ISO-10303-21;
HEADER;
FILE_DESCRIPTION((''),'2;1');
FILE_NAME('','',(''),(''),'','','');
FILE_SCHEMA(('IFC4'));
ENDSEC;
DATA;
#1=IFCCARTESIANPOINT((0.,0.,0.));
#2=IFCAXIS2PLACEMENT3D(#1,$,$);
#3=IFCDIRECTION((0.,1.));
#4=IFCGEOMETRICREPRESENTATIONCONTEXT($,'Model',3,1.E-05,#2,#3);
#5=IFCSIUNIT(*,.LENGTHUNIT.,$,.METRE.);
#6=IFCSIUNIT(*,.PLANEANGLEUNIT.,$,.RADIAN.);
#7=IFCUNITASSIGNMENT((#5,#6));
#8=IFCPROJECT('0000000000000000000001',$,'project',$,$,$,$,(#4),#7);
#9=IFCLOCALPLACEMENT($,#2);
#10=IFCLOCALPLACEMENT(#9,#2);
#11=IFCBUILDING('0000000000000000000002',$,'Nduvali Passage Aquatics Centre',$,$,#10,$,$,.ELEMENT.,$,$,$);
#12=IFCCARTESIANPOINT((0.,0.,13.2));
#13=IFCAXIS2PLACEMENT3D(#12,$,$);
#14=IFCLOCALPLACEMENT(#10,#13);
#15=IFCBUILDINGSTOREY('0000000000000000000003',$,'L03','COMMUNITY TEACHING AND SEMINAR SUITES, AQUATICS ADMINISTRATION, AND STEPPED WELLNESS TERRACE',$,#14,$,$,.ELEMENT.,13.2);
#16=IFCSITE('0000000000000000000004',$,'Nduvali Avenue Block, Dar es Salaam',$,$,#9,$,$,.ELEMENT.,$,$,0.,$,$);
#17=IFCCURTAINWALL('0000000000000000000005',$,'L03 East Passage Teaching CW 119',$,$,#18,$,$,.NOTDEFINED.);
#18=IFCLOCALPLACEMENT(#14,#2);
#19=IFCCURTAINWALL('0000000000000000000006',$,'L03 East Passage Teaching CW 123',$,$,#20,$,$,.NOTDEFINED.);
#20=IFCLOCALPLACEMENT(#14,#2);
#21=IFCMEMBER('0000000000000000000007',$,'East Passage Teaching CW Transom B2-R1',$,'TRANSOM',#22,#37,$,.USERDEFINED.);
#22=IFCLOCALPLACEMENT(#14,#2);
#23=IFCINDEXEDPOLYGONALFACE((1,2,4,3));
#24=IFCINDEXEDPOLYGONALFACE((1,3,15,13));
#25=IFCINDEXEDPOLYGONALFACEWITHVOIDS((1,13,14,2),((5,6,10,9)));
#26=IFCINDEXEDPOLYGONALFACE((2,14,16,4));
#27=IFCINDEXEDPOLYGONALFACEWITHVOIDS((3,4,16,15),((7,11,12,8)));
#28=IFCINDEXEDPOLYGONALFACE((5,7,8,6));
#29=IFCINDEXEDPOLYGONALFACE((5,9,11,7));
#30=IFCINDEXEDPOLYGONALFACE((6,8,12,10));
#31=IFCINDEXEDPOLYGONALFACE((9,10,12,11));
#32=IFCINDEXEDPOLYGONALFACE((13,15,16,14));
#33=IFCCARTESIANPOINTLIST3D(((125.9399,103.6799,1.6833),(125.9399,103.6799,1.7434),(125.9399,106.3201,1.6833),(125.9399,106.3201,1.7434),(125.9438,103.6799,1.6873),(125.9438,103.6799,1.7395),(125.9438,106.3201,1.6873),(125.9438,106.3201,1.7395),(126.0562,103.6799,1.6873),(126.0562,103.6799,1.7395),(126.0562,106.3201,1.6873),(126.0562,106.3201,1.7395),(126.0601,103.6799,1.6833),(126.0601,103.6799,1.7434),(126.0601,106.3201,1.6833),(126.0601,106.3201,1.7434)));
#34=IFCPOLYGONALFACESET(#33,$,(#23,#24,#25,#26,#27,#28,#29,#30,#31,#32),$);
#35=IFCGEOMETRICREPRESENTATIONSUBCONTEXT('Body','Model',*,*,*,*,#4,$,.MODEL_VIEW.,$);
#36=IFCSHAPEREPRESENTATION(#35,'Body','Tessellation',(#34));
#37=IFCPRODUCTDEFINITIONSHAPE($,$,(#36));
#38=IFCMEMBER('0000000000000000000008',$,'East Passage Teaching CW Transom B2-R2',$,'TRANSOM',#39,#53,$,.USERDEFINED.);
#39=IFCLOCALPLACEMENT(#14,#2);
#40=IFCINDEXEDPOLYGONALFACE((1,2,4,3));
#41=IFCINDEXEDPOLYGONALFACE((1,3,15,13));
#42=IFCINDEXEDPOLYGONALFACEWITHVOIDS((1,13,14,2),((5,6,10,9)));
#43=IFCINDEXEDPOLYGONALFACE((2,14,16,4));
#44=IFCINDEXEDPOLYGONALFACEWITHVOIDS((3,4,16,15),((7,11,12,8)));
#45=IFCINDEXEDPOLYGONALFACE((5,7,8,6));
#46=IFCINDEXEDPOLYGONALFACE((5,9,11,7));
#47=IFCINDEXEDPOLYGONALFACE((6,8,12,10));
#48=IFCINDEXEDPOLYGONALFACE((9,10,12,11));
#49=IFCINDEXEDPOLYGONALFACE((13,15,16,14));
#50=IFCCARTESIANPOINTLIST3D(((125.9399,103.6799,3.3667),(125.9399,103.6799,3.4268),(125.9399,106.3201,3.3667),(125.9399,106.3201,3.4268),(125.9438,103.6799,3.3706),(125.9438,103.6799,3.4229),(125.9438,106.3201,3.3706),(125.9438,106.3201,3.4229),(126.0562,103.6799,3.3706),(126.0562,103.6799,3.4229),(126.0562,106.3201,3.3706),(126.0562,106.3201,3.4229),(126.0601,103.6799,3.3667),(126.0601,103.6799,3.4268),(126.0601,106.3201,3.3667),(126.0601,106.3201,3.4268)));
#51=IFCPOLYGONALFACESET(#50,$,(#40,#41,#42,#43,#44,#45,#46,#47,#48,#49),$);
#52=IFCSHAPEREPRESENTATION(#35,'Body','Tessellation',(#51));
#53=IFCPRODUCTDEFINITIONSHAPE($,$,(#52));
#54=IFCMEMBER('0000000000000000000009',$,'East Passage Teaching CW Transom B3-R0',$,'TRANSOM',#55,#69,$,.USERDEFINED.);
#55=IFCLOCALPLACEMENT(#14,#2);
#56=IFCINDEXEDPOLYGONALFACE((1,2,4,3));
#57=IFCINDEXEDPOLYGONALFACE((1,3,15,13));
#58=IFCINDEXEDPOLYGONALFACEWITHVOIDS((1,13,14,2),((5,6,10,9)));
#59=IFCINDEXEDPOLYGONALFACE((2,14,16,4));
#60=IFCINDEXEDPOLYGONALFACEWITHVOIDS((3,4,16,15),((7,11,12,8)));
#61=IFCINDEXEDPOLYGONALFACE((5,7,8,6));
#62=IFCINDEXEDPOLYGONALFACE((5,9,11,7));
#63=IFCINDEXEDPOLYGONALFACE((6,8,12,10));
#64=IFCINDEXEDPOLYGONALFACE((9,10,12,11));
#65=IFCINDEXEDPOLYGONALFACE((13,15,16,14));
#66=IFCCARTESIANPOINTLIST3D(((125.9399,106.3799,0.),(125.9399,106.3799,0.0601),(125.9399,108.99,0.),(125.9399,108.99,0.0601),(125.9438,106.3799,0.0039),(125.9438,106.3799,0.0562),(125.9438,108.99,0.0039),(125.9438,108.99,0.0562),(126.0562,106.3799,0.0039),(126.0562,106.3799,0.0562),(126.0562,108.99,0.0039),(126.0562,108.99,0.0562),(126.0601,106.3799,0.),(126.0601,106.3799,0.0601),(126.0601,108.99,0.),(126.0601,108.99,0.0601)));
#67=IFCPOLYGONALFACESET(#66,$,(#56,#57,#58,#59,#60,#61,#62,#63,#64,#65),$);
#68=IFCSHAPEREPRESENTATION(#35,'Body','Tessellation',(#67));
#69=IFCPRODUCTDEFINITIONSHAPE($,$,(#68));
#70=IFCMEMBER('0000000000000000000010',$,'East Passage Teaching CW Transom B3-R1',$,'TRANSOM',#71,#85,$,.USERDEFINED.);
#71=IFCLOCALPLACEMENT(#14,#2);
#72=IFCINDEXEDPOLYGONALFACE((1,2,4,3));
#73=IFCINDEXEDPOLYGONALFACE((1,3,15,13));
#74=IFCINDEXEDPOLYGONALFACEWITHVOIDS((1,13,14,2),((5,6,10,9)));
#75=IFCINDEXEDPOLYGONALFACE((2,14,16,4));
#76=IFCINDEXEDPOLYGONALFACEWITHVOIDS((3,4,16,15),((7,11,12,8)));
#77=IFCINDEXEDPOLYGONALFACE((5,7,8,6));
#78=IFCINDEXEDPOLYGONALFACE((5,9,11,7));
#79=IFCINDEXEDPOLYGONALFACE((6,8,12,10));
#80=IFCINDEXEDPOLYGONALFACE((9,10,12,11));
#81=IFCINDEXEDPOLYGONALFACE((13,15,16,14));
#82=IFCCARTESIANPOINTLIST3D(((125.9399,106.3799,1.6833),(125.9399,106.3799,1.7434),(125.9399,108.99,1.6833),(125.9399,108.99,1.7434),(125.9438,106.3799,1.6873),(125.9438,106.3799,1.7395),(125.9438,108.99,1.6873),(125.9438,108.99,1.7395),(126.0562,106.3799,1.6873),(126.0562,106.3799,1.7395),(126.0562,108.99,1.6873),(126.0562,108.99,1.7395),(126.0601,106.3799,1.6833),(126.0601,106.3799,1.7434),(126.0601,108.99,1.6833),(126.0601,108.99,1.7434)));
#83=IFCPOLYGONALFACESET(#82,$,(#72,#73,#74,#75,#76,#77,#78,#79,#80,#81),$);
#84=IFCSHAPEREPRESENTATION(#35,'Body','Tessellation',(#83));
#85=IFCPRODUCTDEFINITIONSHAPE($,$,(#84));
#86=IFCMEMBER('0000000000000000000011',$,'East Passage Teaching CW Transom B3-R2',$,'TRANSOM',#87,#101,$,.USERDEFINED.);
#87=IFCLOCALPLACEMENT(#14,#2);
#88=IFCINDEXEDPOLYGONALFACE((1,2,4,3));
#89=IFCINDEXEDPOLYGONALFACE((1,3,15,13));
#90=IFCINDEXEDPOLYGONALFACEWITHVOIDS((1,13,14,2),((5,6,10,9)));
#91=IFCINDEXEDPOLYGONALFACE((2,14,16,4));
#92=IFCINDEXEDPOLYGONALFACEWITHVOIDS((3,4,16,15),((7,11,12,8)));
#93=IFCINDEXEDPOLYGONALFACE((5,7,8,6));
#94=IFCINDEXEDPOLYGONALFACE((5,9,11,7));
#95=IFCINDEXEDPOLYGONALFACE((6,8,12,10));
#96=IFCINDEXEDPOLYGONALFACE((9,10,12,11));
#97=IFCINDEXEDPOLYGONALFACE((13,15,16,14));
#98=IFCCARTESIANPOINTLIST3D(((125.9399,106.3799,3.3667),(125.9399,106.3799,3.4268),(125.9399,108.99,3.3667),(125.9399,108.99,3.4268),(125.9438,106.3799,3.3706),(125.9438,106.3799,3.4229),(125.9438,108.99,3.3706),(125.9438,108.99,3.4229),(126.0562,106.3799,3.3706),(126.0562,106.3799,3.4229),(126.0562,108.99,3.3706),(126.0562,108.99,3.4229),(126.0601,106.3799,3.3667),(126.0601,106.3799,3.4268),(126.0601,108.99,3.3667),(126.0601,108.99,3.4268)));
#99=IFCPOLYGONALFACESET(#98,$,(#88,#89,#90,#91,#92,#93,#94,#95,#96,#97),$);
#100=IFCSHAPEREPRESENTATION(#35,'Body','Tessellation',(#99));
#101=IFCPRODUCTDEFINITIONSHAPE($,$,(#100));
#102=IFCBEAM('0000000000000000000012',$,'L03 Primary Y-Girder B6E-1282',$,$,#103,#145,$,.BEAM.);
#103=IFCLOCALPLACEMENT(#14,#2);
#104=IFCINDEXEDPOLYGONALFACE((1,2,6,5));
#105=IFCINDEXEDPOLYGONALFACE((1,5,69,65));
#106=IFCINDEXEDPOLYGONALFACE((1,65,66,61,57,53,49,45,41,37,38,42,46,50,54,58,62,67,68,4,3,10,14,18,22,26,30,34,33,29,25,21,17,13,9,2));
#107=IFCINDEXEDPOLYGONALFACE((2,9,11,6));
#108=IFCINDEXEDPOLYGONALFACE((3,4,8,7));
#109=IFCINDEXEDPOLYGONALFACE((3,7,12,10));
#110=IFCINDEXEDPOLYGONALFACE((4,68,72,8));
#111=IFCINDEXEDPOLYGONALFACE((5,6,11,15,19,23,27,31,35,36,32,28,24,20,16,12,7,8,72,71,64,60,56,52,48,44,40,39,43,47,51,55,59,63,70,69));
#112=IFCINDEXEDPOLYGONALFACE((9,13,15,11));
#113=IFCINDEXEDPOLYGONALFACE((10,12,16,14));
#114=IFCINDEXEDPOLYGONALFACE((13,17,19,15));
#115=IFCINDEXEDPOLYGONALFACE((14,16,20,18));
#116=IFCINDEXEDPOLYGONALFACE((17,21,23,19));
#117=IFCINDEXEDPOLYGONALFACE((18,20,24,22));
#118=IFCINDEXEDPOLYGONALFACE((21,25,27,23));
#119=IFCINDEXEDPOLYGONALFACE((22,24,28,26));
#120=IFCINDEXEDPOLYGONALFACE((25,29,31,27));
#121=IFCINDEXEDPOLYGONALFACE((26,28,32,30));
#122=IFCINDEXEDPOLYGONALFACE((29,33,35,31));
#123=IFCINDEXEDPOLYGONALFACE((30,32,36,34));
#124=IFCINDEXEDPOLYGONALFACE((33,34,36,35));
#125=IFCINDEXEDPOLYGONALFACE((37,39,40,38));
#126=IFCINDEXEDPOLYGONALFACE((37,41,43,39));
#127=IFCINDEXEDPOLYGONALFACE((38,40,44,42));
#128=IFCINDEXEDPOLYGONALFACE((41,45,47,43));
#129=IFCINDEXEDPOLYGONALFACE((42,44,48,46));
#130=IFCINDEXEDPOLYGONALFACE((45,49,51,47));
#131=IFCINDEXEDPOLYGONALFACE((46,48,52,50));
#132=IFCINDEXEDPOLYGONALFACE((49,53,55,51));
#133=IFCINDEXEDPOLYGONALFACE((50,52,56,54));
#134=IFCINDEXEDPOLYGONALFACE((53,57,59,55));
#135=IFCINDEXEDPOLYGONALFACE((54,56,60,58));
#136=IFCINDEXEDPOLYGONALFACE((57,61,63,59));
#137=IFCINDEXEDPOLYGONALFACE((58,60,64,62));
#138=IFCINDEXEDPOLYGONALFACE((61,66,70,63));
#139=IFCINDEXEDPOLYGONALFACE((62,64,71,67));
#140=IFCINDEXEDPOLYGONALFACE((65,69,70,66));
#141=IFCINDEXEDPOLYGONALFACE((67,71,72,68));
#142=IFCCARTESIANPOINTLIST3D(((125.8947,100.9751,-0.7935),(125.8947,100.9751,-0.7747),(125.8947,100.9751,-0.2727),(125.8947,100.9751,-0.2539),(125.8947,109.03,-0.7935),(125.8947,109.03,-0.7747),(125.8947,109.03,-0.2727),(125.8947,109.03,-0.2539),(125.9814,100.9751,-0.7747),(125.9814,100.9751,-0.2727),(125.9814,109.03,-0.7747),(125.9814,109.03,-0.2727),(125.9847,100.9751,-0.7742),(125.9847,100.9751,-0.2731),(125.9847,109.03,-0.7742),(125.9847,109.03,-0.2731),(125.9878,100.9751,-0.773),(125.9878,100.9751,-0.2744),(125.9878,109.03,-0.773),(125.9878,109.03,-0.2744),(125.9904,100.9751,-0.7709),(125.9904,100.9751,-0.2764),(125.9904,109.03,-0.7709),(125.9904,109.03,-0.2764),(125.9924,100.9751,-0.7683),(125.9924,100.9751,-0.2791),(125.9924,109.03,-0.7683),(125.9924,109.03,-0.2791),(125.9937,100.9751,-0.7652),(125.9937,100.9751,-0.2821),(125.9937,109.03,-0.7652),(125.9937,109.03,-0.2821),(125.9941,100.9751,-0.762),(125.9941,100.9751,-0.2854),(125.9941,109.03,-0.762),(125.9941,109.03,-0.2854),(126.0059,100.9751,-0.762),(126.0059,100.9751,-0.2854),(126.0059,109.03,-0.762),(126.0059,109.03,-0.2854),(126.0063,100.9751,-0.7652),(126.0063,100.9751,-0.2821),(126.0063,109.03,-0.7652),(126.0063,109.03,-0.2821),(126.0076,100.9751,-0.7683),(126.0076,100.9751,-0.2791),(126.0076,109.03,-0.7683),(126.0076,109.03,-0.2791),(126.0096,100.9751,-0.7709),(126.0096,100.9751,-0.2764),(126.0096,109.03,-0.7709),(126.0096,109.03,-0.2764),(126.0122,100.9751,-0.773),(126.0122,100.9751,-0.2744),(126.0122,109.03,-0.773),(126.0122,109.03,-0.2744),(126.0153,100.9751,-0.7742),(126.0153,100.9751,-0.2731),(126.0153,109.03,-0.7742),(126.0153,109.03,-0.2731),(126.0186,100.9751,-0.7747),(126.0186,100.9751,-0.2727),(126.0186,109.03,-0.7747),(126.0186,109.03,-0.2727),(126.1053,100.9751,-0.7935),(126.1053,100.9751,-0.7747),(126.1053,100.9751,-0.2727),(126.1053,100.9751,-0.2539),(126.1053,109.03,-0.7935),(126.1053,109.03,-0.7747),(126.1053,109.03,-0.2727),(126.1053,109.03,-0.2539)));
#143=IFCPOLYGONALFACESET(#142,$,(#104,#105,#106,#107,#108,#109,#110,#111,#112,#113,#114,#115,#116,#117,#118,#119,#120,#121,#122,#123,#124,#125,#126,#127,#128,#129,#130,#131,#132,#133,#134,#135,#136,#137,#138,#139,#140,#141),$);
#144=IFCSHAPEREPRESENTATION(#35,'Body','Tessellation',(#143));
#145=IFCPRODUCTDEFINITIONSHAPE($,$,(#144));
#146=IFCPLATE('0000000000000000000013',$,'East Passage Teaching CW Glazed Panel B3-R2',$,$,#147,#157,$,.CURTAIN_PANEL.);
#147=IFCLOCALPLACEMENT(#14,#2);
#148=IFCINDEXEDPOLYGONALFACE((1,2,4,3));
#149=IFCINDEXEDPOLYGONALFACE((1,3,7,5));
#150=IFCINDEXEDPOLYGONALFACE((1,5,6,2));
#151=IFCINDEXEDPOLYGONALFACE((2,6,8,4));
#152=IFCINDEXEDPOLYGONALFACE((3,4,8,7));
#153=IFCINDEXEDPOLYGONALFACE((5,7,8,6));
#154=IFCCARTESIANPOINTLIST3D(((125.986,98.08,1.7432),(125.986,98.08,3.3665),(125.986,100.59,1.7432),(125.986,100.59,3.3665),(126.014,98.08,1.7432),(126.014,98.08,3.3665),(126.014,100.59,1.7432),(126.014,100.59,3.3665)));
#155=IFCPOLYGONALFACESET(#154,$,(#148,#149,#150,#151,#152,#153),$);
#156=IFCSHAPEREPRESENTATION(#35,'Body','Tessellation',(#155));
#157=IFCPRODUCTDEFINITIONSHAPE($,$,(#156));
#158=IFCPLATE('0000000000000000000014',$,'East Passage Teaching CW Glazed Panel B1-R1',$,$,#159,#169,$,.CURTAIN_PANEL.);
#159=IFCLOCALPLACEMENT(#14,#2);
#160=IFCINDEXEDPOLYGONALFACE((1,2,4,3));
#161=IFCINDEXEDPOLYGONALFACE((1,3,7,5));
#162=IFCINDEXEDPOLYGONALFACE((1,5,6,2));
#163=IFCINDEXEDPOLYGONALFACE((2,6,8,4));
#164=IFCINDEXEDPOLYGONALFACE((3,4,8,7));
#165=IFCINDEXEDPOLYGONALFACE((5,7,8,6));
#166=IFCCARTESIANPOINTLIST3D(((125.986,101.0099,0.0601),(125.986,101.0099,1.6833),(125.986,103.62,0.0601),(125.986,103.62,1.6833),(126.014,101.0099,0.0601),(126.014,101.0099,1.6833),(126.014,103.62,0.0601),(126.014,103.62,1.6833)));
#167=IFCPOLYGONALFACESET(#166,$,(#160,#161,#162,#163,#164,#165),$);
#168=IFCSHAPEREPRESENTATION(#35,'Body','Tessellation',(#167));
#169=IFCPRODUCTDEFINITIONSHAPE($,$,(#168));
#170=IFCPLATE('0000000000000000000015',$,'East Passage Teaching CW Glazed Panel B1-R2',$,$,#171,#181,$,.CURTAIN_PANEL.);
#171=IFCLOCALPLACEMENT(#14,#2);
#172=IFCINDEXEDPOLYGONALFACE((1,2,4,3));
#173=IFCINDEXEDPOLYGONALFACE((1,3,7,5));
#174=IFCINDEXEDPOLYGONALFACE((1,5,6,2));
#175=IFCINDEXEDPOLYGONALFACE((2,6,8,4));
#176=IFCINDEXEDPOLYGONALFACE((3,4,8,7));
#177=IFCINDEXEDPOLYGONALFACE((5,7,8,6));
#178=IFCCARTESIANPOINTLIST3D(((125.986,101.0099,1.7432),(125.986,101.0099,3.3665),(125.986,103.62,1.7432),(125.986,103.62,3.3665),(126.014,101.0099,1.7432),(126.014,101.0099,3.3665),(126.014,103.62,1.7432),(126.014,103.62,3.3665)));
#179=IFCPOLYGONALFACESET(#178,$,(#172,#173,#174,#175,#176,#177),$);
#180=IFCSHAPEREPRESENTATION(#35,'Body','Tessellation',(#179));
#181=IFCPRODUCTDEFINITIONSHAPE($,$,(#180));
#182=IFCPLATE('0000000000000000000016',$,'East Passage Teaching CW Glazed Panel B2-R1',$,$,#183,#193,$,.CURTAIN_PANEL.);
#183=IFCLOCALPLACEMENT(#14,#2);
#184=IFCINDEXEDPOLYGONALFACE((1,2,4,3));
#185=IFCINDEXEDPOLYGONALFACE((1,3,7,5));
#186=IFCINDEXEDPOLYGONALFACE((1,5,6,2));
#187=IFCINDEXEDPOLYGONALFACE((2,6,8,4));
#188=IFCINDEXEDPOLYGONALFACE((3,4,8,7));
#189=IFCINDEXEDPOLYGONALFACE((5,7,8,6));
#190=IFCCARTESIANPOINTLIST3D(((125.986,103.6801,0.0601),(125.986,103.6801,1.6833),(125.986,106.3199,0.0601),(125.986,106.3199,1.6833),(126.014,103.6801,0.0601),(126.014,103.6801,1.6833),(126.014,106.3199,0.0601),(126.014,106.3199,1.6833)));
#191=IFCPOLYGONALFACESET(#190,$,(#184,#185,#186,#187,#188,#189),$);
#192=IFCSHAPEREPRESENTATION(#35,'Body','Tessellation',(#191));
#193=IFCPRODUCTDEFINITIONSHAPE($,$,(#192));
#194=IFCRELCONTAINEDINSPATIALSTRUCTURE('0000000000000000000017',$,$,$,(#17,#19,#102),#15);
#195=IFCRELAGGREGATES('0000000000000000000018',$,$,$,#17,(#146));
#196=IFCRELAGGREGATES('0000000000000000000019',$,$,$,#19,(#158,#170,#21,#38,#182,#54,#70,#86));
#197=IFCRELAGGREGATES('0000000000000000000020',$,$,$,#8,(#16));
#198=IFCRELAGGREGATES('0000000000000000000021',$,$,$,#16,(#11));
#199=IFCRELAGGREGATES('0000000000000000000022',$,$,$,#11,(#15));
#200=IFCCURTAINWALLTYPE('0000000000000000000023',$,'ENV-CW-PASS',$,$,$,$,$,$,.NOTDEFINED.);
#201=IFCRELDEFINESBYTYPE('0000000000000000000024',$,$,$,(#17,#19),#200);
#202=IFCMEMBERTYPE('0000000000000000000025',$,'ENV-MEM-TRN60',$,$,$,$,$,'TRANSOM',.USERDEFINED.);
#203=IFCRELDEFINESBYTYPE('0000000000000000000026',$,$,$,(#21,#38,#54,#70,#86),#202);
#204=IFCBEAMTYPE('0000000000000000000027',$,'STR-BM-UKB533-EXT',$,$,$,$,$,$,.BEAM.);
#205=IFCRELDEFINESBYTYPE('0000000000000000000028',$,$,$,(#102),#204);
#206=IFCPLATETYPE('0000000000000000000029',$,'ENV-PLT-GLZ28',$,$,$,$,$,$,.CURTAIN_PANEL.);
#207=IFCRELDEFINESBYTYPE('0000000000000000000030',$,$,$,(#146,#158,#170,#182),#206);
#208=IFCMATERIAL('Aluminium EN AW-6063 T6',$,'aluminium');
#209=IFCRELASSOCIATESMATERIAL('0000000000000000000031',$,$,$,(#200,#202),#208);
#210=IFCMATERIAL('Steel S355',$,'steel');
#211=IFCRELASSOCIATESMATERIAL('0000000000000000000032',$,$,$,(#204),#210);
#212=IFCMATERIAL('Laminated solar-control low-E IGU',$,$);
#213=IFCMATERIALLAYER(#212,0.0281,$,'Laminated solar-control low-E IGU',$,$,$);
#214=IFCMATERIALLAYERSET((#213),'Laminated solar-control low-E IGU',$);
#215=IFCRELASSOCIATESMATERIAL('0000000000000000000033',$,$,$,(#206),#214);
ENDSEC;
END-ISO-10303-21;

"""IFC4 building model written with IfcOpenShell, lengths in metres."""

from ifc_helpers import new_model, si_unit, direction, frame, origin, origin_2d, place, context, subcontext, project, spatial, rectangle, hollow_rectangle, i_section, extrude, material, layer, layer_set, material_profile, profile_set, type_object, element, aggregate, save


model = new_model("IFC4")

# Units and contexts
model_context = context("Model", 3, precision=1e-05, world=origin(), true_north=direction((0.0, 1.0)))
body_context = subcontext(model_context, "Body", "Model", "MODEL_VIEW")
ifc_project = project(units=[si_unit("LENGTHUNIT", "METRE"), si_unit("PLANEANGLEUNIT", "RADIAN")], contexts=[model_context])

# Site, building, storey
site_placement = place(None, origin())
site = spatial("IfcSite", under=ifc_project, at=site_placement, Name="Nduvali Avenue Block, Dar es Salaam", CompositionType="ELEMENT", RefElevation=0.0)
building_placement = place(site_placement, origin())
building = spatial("IfcBuilding", under=site, at=building_placement, Name="Nduvali Passage Aquatics Centre", CompositionType="ELEMENT")
storey_placement = place(building_placement, frame((0.0, 0.0, 13.2)))
storey = spatial("IfcBuildingStorey", under=building, at=storey_placement, Name="L03", Description="COMMUNITY TEACHING AND SEMINAR SUITES, AQUATICS ADMINISTRATION, AND STEPPED WELLNESS TERRACE", CompositionType="ELEMENT", Elevation=13.2)

# Shared definitions
ifc_material_1 = material(Name="Steel S355", Category="steel")

# Curtain wall
ifc_material_2 = material(Name="Aluminium EN AW-6063 T6", Category="aluminium")
curtain_wall_type = type_object("IfcCurtainWallType", Name="ENV-CW-PASS", PredefinedType="NOTDEFINED", material=ifc_material_2)
curtain_wall_1_placement = place(storey_placement, origin())
curtain_wall_1 = element("IfcCurtainWall", 1, at=curtain_wall_1_placement, inside=storey, type_object=curtain_wall_type, Name="L03 East Passage Teaching CW 119", PredefinedType="NOTDEFINED")

# Curtain wall, members
curtain_wall_2_placement = place(storey_placement, origin())
curtain_wall_2 = element("IfcCurtainWall", 2, at=curtain_wall_2_placement, inside=storey, type_object=curtain_wall_type, Name="L03 East Passage Teaching CW 123", PredefinedType="NOTDEFINED")
ifc_material_profile_1 = material_profile(ifc_material_2, hollow_rectangle(XDim=0.1201, YDim=0.0601, WallThickness=0.0039, at=origin_2d()), Name="ALU TRANSOM 120x60x4")
ifc_profile_set_1 = profile_set([ifc_material_profile_1], Name="Aluminium EN AW-6063 T6")
member_type_1 = type_object("IfcMemberType", Name="ENV-MEM-TRN60", ElementType="TRANSOM", PredefinedType="USERDEFINED", material=ifc_profile_set_1)
member_1_placement = place(storey_placement, frame((126.0, 103.6799, 1.7134), z_axis=(0.0, 1.0, 0.0), x_axis=(-1.0, 0.0, 0.0)))
member_1 = element("IfcMember", 3, at=member_1_placement, type_object=member_type_1, Name="East Passage Teaching CW Transom B2-R1", ObjectType="TRANSOM", PredefinedType="USERDEFINED", context=body_context, shape_type="SweptSolid", body=[
    extrude(hollow_rectangle(XDim=0.1201, YDim=0.0601, WallThickness=0.0039, at=origin_2d()), origin(), (0.0, 0.0, 1.0), 2.6401),
])
member_2_placement = place(storey_placement, frame((126.0, 103.6799, 3.3967), z_axis=(0.0, 1.0, 0.0), x_axis=(-1.0, 0.0, 0.0)))
member_2 = element("IfcMember", 4, at=member_2_placement, type_object=member_type_1, Name="East Passage Teaching CW Transom B2-R2", ObjectType="TRANSOM", PredefinedType="USERDEFINED", context=body_context, shape_type="SweptSolid", body=[
    extrude(hollow_rectangle(XDim=0.1201, YDim=0.0601, WallThickness=0.0039, at=origin_2d()), origin(), (0.0, 0.0, 1.0), 2.6401),
])
member_3_placement = place(storey_placement, frame((126.0, 106.3799, 0.03), z_axis=(0.0, 1.0, 0.0), x_axis=(-1.0, 0.0, 0.0)))
member_3 = element("IfcMember", 5, at=member_3_placement, type_object=member_type_1, Name="East Passage Teaching CW Transom B3-R0", ObjectType="TRANSOM", PredefinedType="USERDEFINED", context=body_context, shape_type="SweptSolid", body=[
    extrude(hollow_rectangle(XDim=0.1201, YDim=0.0601, WallThickness=0.0039, at=origin_2d()), origin(), (0.0, 0.0, 1.0), 2.6101),
])
member_4_placement = place(storey_placement, frame((126.0, 106.3799, 1.7134), z_axis=(0.0, 1.0, 0.0), x_axis=(-1.0, 0.0, 0.0)))
member_4 = element("IfcMember", 6, at=member_4_placement, type_object=member_type_1, Name="East Passage Teaching CW Transom B3-R1", ObjectType="TRANSOM", PredefinedType="USERDEFINED", context=body_context, shape_type="SweptSolid", body=[
    extrude(hollow_rectangle(XDim=0.1201, YDim=0.0601, WallThickness=0.0039, at=origin_2d()), origin(), (0.0, 0.0, 1.0), 2.6101),
])
member_5_placement = place(storey_placement, frame((126.0, 106.3799, 3.3967), z_axis=(0.0, 1.0, 0.0), x_axis=(-1.0, 0.0, 0.0)))
member_5 = element("IfcMember", 7, at=member_5_placement, type_object=member_type_1, Name="East Passage Teaching CW Transom B3-R2", ObjectType="TRANSOM", PredefinedType="USERDEFINED", context=body_context, shape_type="SweptSolid", body=[
    extrude(hollow_rectangle(XDim=0.1201, YDim=0.0601, WallThickness=0.0039, at=origin_2d()), origin(), (0.0, 0.0, 1.0), 2.6101),
])

# Beam
ifc_material_profile_2 = material_profile(ifc_material_1, i_section(OverallWidth=0.2107, OverallDepth=0.5396, WebThickness=0.0117, FlangeThickness=0.0188, FilletRadius=0.0127, at=origin_2d()), Name="UKB 533x210x109")
ifc_profile_set_2 = profile_set([ifc_material_profile_2], Name="Steel S355")
beam_type = type_object("IfcBeamType", Name="STR-BM-UKB533-EXT", PredefinedType="BEAM", material=ifc_profile_set_2)
beam_placement = place(storey_placement, frame((126.0, 100.9751, -0.5237), z_axis=(0.0, 1.0, 0.0), x_axis=(-1.0, 0.0, 0.0)))
element("IfcBeam", 8, at=beam_placement, inside=storey, type_object=beam_type, Name="L03 Primary Y-Girder B6E-1282", PredefinedType="BEAM", context=body_context, shape_type="SweptSolid", body=[
    extrude(i_section(OverallWidth=0.2107, OverallDepth=0.5396, WebThickness=0.0117, FlangeThickness=0.0188, FilletRadius=0.0127, at=origin_2d()), origin(), (0.0, 0.0, 1.0), 8.0549),
])

# Plates
ifc_material_3 = material(Name="Laminated solar-control low-E IGU")
ifc_layer_1 = layer(ifc_material_3, 0.0281, Name="Laminated solar-control low-E IGU")
ifc_layer_set_1 = layer_set([ifc_layer_1], Name="Laminated solar-control low-E IGU")
plate_type = type_object("IfcPlateType", Name="ENV-PLT-GLZ28", PredefinedType="CURTAIN_PANEL", material=ifc_layer_set_1)
plate_1_placement = place(storey_placement, frame((126.0, 99.335, 1.7432), z_axis=(0.0, 0.0, 1.0), x_axis=(0.0, 1.0, 0.0)))
plate_1 = element("IfcPlate", 9, at=plate_1_placement, type_object=plate_type, Name="East Passage Teaching CW Glazed Panel B3-R2", PredefinedType="CURTAIN_PANEL", context=body_context, shape_type="SweptSolid", body=[
    extrude(rectangle(XDim=2.51, YDim=0.0281, at=origin_2d()), origin(), (0.0, 0.0, 1.0), 1.6233),
])
aggregate(curtain_wall_1, [plate_1])
plate_2_placement = place(storey_placement, frame((126.0, 102.3149, 0.0601), z_axis=(0.0, 0.0, 1.0), x_axis=(0.0, 1.0, 0.0)))
plate_2 = element("IfcPlate", 10, at=plate_2_placement, type_object=plate_type, Name="East Passage Teaching CW Glazed Panel B1-R1", PredefinedType="CURTAIN_PANEL", context=body_context, shape_type="SweptSolid", body=[
    extrude(rectangle(XDim=2.6101, YDim=0.0281, at=origin_2d()), origin(), (0.0, 0.0, 1.0), 1.6233),
])
plate_3_placement = place(storey_placement, frame((126.0, 102.3149, 1.7432), z_axis=(0.0, 0.0, 1.0), x_axis=(0.0, 1.0, 0.0)))
plate_3 = element("IfcPlate", 11, at=plate_3_placement, type_object=plate_type, Name="East Passage Teaching CW Glazed Panel B1-R2", PredefinedType="CURTAIN_PANEL", context=body_context, shape_type="SweptSolid", body=[
    extrude(rectangle(XDim=2.6101, YDim=0.0281, at=origin_2d()), origin(), (0.0, 0.0, 1.0), 1.6233),
])
plate_4_placement = place(storey_placement, frame((126.0, 105.0, 0.0601), z_axis=(0.0, 0.0, 1.0), x_axis=(0.0, 1.0, 0.0)))
plate_4 = element("IfcPlate", 12, at=plate_4_placement, type_object=plate_type, Name="East Passage Teaching CW Glazed Panel B2-R1", PredefinedType="CURTAIN_PANEL", context=body_context, shape_type="SweptSolid", body=[
    extrude(rectangle(XDim=2.6399, YDim=0.0281, at=origin_2d()), origin(), (0.0, 0.0, 1.0), 1.6233),
])
aggregate(curtain_wall_2, [plate_2, plate_3, member_1, member_2, plate_4, member_3, member_4, member_5])

save(model, "model.ifc")
